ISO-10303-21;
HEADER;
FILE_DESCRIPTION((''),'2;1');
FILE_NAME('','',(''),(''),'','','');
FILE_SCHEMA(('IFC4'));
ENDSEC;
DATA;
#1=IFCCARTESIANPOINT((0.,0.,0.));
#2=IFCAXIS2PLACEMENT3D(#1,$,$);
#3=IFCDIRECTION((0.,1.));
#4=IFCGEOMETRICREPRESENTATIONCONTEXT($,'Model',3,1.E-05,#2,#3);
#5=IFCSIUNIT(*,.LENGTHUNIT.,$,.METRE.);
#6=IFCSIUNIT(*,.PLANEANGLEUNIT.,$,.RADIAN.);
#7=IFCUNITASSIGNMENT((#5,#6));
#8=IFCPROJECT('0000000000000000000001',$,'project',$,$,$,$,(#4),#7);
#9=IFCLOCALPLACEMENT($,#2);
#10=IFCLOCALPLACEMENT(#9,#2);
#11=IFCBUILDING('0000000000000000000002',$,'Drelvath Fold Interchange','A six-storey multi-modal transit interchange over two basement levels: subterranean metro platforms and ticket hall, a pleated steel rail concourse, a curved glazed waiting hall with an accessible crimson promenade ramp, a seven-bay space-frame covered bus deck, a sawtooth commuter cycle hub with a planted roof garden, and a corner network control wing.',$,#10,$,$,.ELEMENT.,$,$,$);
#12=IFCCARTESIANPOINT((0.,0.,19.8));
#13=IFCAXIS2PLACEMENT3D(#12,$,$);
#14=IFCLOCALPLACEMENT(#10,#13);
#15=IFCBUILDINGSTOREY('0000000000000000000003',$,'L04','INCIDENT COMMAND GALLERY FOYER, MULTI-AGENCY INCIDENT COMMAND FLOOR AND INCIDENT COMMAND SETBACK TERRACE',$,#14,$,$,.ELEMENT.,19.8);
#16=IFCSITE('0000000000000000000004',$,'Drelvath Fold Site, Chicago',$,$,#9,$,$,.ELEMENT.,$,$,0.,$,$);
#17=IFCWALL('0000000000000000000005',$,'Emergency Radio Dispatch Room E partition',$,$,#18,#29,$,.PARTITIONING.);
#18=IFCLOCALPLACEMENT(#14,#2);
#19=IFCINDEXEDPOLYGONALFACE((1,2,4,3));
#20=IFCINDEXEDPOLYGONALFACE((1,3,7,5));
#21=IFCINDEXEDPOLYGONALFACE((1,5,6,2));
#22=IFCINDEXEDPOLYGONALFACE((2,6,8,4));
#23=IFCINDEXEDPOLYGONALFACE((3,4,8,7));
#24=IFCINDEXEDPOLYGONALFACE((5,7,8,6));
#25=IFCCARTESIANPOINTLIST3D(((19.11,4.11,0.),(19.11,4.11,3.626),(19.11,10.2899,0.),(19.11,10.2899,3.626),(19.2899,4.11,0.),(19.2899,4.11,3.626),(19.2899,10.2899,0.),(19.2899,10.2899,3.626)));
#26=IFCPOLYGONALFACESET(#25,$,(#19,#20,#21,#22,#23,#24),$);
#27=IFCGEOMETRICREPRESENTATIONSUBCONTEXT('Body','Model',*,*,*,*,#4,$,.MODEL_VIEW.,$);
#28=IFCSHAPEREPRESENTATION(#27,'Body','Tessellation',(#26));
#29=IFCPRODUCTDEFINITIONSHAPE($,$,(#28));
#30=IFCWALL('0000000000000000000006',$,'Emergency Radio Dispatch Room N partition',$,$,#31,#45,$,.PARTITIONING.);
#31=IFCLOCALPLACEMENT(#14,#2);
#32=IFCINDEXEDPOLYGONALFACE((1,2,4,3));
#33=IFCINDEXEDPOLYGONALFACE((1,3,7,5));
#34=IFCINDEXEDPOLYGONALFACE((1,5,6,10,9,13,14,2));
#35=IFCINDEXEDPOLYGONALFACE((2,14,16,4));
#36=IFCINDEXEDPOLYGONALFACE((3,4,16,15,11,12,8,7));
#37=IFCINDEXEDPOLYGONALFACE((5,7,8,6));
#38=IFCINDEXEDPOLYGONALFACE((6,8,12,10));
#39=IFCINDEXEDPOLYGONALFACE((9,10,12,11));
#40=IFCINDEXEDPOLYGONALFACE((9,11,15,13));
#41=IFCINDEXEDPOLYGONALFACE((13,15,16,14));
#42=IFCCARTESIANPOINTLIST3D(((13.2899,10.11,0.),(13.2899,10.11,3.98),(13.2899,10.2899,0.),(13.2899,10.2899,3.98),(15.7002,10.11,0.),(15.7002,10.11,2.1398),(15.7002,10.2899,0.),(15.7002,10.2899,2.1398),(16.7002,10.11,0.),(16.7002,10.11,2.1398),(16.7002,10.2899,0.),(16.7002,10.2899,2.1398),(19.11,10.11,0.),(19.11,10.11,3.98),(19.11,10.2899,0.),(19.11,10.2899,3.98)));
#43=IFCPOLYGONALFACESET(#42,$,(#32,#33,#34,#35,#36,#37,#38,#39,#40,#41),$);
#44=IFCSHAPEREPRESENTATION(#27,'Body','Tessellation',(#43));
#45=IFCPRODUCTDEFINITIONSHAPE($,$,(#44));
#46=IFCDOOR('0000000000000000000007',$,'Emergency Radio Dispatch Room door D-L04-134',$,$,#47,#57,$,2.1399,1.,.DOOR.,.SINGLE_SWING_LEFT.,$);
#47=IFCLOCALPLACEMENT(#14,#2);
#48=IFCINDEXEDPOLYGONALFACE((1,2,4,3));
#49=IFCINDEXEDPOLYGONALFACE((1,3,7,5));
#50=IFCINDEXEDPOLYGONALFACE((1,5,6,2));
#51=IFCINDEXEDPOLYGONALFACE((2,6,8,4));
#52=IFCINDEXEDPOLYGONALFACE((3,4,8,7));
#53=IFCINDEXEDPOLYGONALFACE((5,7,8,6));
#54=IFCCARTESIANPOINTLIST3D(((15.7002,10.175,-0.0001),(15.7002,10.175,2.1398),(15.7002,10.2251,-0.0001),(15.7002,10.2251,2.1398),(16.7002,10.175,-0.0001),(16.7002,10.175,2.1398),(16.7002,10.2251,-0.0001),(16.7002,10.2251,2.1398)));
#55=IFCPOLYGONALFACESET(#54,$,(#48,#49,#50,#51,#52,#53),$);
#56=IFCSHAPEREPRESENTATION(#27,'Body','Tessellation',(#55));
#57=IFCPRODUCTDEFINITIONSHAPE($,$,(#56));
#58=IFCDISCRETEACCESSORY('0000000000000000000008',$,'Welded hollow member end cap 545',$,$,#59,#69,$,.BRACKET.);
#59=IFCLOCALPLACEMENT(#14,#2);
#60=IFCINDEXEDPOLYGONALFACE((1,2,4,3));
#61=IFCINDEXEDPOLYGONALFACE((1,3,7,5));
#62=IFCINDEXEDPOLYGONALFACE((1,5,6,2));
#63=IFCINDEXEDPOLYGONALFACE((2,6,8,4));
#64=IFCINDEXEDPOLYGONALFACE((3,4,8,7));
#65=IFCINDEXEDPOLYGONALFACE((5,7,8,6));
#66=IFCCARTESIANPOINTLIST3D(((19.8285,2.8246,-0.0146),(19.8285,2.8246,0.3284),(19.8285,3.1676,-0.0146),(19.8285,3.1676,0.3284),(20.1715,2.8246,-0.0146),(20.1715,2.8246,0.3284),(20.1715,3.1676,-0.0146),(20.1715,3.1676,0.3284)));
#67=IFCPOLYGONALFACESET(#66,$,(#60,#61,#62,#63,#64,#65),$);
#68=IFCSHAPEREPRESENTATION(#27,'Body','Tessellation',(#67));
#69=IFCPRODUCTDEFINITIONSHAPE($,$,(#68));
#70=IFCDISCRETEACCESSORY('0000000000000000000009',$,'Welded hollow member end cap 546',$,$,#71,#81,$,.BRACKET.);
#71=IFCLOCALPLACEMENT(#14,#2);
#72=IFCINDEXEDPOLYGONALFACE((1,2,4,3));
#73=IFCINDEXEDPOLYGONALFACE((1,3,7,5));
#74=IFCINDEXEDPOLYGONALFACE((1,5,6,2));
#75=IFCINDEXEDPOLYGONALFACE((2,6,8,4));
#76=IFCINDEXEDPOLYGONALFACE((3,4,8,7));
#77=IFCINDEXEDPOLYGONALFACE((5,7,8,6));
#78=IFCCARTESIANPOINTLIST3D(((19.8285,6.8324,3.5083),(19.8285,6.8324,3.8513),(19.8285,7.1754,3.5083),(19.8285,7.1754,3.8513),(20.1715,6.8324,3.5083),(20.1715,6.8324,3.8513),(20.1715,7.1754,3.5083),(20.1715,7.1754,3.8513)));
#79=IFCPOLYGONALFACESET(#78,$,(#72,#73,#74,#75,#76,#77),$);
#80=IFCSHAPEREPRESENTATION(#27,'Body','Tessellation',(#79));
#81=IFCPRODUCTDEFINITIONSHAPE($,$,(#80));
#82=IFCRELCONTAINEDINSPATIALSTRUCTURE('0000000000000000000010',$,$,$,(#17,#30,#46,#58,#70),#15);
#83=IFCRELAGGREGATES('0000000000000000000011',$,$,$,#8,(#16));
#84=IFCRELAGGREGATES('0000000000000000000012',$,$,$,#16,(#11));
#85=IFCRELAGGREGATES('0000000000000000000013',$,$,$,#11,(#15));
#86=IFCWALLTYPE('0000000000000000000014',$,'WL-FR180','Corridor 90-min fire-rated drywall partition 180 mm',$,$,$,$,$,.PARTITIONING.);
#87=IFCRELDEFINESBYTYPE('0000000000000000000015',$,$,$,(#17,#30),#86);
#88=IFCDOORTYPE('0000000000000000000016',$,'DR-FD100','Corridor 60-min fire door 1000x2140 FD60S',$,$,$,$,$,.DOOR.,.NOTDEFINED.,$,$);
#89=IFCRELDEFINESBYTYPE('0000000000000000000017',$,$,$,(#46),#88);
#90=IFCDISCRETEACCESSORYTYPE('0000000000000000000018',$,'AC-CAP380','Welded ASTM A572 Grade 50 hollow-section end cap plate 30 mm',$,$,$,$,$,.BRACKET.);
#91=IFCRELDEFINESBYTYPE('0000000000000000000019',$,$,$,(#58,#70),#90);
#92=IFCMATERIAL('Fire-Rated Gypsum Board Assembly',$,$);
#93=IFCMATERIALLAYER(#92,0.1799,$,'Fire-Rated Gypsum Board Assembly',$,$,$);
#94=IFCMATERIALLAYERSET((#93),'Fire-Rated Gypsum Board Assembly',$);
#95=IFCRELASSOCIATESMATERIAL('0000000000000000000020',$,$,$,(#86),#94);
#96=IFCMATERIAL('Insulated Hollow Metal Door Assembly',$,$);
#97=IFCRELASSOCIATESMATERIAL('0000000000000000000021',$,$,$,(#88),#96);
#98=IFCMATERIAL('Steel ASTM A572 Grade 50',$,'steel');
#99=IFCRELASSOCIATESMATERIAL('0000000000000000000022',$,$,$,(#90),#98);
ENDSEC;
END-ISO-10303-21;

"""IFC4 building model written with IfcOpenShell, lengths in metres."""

from ifc_helpers import new_model, si_unit, direction, frame, frame_2d, origin, origin_2d, place, context, subcontext, project, spatial, rectangle, extrude, material, layer, layer_set, type_object, element, fill, save


model = new_model("IFC4")

# Units and contexts
model_context = context("Model", 3, precision=1e-05, world=origin(), true_north=direction((0.0, 1.0)))
body_context = subcontext(model_context, "Body", "Model", "MODEL_VIEW")
ifc_project = project(units=[si_unit("LENGTHUNIT", "METRE"), si_unit("PLANEANGLEUNIT", "RADIAN")], contexts=[model_context])

# Site, building, storey
site_placement = place(None, origin())
site = spatial("IfcSite", under=ifc_project, at=site_placement, Name="Drelvath Fold Site, Chicago", CompositionType="ELEMENT", RefElevation=0.0)
building_placement = place(site_placement, origin())
building = spatial("IfcBuilding", under=site, at=building_placement, Name="Drelvath Fold Interchange", Description="A six-storey multi-modal transit interchange over two basement levels: subterranean metro platforms and ticket hall, a pleated steel rail concourse, a curved glazed waiting hall with an accessible crimson promenade ramp, a seven-bay space-frame covered bus deck, a sawtooth commuter cycle hub with a planted roof garden, and a corner network control wing.", CompositionType="ELEMENT")
storey_placement = place(building_placement, frame((0.0, 0.0, 19.8)))
storey = spatial("IfcBuildingStorey", under=building, at=storey_placement, Name="L04", Description="INCIDENT COMMAND GALLERY FOYER, MULTI-AGENCY INCIDENT COMMAND FLOOR AND INCIDENT COMMAND SETBACK TERRACE", CompositionType="ELEMENT", Elevation=19.8)

# Shared definitions
ifc_material_1 = material(Name="Steel ASTM A572 Grade 50", Category="steel")

# Wall
ifc_material_2 = material(Name="Fire-Rated Gypsum Board Assembly")
ifc_layer_1 = layer(ifc_material_2, 0.1799, Name="Fire-Rated Gypsum Board Assembly")
ifc_layer_set_1 = layer_set([ifc_layer_1], Name="Fire-Rated Gypsum Board Assembly")
wall_type = type_object("IfcWallType", Name="WL-FR180", Description="Corridor 90-min fire-rated drywall partition 180 mm", PredefinedType="PARTITIONING", material=ifc_layer_set_1)
wall_1_placement = place(storey_placement, frame((19.2, 4.1101, 0.0), z_axis=(0.0, 0.0, 1.0), x_axis=(0.0, 1.0, 0.0)))
element("IfcWall", 1, at=wall_1_placement, inside=storey, type_object=wall_type, Name="Emergency Radio Dispatch Room E partition", PredefinedType="PARTITIONING", context=body_context, shape_type="SweptSolid", body=[
    extrude(rectangle(XDim=6.1799, YDim=0.1799, at=frame_2d((3.0898, 0.0))), origin(), (0.0, 0.0, 1.0), 3.626),
])

# Wall, opening, door
wall_2_placement = place(storey_placement, frame((19.1101, 10.2, 0.0), z_axis=(0.0, 0.0, 1.0), x_axis=(-1.0, 0.0, 0.0)))
wall_2 = element("IfcWall", 2, at=wall_2_placement, inside=storey, type_object=wall_type, Name="Emergency Radio Dispatch Room N partition", PredefinedType="PARTITIONING", context=body_context, shape_type="SweptSolid", body=[
    extrude(rectangle(XDim=5.8201, YDim=0.1799, at=frame_2d((2.9102, 0.0))), origin(), (0.0, 0.0, 1.0), 3.98),
])
opening_placement = place(wall_2_placement, frame((2.4099, 0.0, 0.0)))
opening = element("IfcOpeningElement", 3, at=opening_placement, cuts=wall_2, PredefinedType="OPENING", context=body_context, shape_type="SweptSolid", body=[
    extrude(rectangle(XDim=1.0, YDim=2.1399, at=frame_2d((0.5, 1.0698))), frame((0.0, 0.0999, 0.0), z_axis=(0.0, -1.0, 0.0), x_axis=(1.0, 0.0, 0.0)), (0.0, 0.0, 1.0), 0.2),
])
ifc_material_3 = material(Name="Insulated Hollow Metal Door Assembly")
door_type = type_object("IfcDoorType", Name="DR-FD100", Description="Corridor 60-min fire door 1000x2140 FD60S", OperationType="NOTDEFINED", PredefinedType="DOOR", material=ifc_material_3)
door_placement = place(opening_placement, origin())
door = element("IfcDoor", 4, at=door_placement, inside=storey, type_object=door_type, Name="Emergency Radio Dispatch Room door D-L04-134", OperationType="SINGLE_SWING_LEFT", OverallHeight=2.1399, OverallWidth=1.0, PredefinedType="DOOR", context=body_context, shape_type="SweptSolid", body=[
    extrude(rectangle(XDim=1.0, YDim=2.1399, at=frame_2d((0.5, 1.0698))), frame((0.0, 0.0249, 0.0), z_axis=(0.0, -1.0, 0.0), x_axis=(1.0, 0.0, 0.0)), (0.0, 0.0, 1.0), 0.05),
])
fill(opening, door)

# Discrete accessories
discrete_accessory_type = type_object("IfcDiscreteAccessoryType", Name="AC-CAP380", Description="Welded ASTM A572 Grade 50 hollow-section end cap plate 30 mm", PredefinedType="BRACKET", material=ifc_material_1)
for number, where, z_axis, x_axis, name in (
    (5, (20.0, 2.9961, -0.0146), (0.0, 0.0, 1.0), (1.0, 0.0, 0.0), "Welded hollow member end cap 545"),
    (6, (20.0, 7.0039, 3.5083), (0.0, 0.0, 1.0), (1.0, 0.0, 0.0), "Welded hollow member end cap 546"),
):
    element("IfcDiscreteAccessory", number, at=place(storey_placement, frame(where, z_axis=z_axis, x_axis=x_axis)), inside=storey, type_object=discrete_accessory_type, Name=name, PredefinedType="BRACKET", context=body_context, shape_type="SweptSolid", body=[
        extrude(rectangle(XDim=0.343, YDim=0.343, at=origin_2d()), origin(), (0.0, 0.0, 1.0), 0.343),
    ])

save(model, "model.ifc")
